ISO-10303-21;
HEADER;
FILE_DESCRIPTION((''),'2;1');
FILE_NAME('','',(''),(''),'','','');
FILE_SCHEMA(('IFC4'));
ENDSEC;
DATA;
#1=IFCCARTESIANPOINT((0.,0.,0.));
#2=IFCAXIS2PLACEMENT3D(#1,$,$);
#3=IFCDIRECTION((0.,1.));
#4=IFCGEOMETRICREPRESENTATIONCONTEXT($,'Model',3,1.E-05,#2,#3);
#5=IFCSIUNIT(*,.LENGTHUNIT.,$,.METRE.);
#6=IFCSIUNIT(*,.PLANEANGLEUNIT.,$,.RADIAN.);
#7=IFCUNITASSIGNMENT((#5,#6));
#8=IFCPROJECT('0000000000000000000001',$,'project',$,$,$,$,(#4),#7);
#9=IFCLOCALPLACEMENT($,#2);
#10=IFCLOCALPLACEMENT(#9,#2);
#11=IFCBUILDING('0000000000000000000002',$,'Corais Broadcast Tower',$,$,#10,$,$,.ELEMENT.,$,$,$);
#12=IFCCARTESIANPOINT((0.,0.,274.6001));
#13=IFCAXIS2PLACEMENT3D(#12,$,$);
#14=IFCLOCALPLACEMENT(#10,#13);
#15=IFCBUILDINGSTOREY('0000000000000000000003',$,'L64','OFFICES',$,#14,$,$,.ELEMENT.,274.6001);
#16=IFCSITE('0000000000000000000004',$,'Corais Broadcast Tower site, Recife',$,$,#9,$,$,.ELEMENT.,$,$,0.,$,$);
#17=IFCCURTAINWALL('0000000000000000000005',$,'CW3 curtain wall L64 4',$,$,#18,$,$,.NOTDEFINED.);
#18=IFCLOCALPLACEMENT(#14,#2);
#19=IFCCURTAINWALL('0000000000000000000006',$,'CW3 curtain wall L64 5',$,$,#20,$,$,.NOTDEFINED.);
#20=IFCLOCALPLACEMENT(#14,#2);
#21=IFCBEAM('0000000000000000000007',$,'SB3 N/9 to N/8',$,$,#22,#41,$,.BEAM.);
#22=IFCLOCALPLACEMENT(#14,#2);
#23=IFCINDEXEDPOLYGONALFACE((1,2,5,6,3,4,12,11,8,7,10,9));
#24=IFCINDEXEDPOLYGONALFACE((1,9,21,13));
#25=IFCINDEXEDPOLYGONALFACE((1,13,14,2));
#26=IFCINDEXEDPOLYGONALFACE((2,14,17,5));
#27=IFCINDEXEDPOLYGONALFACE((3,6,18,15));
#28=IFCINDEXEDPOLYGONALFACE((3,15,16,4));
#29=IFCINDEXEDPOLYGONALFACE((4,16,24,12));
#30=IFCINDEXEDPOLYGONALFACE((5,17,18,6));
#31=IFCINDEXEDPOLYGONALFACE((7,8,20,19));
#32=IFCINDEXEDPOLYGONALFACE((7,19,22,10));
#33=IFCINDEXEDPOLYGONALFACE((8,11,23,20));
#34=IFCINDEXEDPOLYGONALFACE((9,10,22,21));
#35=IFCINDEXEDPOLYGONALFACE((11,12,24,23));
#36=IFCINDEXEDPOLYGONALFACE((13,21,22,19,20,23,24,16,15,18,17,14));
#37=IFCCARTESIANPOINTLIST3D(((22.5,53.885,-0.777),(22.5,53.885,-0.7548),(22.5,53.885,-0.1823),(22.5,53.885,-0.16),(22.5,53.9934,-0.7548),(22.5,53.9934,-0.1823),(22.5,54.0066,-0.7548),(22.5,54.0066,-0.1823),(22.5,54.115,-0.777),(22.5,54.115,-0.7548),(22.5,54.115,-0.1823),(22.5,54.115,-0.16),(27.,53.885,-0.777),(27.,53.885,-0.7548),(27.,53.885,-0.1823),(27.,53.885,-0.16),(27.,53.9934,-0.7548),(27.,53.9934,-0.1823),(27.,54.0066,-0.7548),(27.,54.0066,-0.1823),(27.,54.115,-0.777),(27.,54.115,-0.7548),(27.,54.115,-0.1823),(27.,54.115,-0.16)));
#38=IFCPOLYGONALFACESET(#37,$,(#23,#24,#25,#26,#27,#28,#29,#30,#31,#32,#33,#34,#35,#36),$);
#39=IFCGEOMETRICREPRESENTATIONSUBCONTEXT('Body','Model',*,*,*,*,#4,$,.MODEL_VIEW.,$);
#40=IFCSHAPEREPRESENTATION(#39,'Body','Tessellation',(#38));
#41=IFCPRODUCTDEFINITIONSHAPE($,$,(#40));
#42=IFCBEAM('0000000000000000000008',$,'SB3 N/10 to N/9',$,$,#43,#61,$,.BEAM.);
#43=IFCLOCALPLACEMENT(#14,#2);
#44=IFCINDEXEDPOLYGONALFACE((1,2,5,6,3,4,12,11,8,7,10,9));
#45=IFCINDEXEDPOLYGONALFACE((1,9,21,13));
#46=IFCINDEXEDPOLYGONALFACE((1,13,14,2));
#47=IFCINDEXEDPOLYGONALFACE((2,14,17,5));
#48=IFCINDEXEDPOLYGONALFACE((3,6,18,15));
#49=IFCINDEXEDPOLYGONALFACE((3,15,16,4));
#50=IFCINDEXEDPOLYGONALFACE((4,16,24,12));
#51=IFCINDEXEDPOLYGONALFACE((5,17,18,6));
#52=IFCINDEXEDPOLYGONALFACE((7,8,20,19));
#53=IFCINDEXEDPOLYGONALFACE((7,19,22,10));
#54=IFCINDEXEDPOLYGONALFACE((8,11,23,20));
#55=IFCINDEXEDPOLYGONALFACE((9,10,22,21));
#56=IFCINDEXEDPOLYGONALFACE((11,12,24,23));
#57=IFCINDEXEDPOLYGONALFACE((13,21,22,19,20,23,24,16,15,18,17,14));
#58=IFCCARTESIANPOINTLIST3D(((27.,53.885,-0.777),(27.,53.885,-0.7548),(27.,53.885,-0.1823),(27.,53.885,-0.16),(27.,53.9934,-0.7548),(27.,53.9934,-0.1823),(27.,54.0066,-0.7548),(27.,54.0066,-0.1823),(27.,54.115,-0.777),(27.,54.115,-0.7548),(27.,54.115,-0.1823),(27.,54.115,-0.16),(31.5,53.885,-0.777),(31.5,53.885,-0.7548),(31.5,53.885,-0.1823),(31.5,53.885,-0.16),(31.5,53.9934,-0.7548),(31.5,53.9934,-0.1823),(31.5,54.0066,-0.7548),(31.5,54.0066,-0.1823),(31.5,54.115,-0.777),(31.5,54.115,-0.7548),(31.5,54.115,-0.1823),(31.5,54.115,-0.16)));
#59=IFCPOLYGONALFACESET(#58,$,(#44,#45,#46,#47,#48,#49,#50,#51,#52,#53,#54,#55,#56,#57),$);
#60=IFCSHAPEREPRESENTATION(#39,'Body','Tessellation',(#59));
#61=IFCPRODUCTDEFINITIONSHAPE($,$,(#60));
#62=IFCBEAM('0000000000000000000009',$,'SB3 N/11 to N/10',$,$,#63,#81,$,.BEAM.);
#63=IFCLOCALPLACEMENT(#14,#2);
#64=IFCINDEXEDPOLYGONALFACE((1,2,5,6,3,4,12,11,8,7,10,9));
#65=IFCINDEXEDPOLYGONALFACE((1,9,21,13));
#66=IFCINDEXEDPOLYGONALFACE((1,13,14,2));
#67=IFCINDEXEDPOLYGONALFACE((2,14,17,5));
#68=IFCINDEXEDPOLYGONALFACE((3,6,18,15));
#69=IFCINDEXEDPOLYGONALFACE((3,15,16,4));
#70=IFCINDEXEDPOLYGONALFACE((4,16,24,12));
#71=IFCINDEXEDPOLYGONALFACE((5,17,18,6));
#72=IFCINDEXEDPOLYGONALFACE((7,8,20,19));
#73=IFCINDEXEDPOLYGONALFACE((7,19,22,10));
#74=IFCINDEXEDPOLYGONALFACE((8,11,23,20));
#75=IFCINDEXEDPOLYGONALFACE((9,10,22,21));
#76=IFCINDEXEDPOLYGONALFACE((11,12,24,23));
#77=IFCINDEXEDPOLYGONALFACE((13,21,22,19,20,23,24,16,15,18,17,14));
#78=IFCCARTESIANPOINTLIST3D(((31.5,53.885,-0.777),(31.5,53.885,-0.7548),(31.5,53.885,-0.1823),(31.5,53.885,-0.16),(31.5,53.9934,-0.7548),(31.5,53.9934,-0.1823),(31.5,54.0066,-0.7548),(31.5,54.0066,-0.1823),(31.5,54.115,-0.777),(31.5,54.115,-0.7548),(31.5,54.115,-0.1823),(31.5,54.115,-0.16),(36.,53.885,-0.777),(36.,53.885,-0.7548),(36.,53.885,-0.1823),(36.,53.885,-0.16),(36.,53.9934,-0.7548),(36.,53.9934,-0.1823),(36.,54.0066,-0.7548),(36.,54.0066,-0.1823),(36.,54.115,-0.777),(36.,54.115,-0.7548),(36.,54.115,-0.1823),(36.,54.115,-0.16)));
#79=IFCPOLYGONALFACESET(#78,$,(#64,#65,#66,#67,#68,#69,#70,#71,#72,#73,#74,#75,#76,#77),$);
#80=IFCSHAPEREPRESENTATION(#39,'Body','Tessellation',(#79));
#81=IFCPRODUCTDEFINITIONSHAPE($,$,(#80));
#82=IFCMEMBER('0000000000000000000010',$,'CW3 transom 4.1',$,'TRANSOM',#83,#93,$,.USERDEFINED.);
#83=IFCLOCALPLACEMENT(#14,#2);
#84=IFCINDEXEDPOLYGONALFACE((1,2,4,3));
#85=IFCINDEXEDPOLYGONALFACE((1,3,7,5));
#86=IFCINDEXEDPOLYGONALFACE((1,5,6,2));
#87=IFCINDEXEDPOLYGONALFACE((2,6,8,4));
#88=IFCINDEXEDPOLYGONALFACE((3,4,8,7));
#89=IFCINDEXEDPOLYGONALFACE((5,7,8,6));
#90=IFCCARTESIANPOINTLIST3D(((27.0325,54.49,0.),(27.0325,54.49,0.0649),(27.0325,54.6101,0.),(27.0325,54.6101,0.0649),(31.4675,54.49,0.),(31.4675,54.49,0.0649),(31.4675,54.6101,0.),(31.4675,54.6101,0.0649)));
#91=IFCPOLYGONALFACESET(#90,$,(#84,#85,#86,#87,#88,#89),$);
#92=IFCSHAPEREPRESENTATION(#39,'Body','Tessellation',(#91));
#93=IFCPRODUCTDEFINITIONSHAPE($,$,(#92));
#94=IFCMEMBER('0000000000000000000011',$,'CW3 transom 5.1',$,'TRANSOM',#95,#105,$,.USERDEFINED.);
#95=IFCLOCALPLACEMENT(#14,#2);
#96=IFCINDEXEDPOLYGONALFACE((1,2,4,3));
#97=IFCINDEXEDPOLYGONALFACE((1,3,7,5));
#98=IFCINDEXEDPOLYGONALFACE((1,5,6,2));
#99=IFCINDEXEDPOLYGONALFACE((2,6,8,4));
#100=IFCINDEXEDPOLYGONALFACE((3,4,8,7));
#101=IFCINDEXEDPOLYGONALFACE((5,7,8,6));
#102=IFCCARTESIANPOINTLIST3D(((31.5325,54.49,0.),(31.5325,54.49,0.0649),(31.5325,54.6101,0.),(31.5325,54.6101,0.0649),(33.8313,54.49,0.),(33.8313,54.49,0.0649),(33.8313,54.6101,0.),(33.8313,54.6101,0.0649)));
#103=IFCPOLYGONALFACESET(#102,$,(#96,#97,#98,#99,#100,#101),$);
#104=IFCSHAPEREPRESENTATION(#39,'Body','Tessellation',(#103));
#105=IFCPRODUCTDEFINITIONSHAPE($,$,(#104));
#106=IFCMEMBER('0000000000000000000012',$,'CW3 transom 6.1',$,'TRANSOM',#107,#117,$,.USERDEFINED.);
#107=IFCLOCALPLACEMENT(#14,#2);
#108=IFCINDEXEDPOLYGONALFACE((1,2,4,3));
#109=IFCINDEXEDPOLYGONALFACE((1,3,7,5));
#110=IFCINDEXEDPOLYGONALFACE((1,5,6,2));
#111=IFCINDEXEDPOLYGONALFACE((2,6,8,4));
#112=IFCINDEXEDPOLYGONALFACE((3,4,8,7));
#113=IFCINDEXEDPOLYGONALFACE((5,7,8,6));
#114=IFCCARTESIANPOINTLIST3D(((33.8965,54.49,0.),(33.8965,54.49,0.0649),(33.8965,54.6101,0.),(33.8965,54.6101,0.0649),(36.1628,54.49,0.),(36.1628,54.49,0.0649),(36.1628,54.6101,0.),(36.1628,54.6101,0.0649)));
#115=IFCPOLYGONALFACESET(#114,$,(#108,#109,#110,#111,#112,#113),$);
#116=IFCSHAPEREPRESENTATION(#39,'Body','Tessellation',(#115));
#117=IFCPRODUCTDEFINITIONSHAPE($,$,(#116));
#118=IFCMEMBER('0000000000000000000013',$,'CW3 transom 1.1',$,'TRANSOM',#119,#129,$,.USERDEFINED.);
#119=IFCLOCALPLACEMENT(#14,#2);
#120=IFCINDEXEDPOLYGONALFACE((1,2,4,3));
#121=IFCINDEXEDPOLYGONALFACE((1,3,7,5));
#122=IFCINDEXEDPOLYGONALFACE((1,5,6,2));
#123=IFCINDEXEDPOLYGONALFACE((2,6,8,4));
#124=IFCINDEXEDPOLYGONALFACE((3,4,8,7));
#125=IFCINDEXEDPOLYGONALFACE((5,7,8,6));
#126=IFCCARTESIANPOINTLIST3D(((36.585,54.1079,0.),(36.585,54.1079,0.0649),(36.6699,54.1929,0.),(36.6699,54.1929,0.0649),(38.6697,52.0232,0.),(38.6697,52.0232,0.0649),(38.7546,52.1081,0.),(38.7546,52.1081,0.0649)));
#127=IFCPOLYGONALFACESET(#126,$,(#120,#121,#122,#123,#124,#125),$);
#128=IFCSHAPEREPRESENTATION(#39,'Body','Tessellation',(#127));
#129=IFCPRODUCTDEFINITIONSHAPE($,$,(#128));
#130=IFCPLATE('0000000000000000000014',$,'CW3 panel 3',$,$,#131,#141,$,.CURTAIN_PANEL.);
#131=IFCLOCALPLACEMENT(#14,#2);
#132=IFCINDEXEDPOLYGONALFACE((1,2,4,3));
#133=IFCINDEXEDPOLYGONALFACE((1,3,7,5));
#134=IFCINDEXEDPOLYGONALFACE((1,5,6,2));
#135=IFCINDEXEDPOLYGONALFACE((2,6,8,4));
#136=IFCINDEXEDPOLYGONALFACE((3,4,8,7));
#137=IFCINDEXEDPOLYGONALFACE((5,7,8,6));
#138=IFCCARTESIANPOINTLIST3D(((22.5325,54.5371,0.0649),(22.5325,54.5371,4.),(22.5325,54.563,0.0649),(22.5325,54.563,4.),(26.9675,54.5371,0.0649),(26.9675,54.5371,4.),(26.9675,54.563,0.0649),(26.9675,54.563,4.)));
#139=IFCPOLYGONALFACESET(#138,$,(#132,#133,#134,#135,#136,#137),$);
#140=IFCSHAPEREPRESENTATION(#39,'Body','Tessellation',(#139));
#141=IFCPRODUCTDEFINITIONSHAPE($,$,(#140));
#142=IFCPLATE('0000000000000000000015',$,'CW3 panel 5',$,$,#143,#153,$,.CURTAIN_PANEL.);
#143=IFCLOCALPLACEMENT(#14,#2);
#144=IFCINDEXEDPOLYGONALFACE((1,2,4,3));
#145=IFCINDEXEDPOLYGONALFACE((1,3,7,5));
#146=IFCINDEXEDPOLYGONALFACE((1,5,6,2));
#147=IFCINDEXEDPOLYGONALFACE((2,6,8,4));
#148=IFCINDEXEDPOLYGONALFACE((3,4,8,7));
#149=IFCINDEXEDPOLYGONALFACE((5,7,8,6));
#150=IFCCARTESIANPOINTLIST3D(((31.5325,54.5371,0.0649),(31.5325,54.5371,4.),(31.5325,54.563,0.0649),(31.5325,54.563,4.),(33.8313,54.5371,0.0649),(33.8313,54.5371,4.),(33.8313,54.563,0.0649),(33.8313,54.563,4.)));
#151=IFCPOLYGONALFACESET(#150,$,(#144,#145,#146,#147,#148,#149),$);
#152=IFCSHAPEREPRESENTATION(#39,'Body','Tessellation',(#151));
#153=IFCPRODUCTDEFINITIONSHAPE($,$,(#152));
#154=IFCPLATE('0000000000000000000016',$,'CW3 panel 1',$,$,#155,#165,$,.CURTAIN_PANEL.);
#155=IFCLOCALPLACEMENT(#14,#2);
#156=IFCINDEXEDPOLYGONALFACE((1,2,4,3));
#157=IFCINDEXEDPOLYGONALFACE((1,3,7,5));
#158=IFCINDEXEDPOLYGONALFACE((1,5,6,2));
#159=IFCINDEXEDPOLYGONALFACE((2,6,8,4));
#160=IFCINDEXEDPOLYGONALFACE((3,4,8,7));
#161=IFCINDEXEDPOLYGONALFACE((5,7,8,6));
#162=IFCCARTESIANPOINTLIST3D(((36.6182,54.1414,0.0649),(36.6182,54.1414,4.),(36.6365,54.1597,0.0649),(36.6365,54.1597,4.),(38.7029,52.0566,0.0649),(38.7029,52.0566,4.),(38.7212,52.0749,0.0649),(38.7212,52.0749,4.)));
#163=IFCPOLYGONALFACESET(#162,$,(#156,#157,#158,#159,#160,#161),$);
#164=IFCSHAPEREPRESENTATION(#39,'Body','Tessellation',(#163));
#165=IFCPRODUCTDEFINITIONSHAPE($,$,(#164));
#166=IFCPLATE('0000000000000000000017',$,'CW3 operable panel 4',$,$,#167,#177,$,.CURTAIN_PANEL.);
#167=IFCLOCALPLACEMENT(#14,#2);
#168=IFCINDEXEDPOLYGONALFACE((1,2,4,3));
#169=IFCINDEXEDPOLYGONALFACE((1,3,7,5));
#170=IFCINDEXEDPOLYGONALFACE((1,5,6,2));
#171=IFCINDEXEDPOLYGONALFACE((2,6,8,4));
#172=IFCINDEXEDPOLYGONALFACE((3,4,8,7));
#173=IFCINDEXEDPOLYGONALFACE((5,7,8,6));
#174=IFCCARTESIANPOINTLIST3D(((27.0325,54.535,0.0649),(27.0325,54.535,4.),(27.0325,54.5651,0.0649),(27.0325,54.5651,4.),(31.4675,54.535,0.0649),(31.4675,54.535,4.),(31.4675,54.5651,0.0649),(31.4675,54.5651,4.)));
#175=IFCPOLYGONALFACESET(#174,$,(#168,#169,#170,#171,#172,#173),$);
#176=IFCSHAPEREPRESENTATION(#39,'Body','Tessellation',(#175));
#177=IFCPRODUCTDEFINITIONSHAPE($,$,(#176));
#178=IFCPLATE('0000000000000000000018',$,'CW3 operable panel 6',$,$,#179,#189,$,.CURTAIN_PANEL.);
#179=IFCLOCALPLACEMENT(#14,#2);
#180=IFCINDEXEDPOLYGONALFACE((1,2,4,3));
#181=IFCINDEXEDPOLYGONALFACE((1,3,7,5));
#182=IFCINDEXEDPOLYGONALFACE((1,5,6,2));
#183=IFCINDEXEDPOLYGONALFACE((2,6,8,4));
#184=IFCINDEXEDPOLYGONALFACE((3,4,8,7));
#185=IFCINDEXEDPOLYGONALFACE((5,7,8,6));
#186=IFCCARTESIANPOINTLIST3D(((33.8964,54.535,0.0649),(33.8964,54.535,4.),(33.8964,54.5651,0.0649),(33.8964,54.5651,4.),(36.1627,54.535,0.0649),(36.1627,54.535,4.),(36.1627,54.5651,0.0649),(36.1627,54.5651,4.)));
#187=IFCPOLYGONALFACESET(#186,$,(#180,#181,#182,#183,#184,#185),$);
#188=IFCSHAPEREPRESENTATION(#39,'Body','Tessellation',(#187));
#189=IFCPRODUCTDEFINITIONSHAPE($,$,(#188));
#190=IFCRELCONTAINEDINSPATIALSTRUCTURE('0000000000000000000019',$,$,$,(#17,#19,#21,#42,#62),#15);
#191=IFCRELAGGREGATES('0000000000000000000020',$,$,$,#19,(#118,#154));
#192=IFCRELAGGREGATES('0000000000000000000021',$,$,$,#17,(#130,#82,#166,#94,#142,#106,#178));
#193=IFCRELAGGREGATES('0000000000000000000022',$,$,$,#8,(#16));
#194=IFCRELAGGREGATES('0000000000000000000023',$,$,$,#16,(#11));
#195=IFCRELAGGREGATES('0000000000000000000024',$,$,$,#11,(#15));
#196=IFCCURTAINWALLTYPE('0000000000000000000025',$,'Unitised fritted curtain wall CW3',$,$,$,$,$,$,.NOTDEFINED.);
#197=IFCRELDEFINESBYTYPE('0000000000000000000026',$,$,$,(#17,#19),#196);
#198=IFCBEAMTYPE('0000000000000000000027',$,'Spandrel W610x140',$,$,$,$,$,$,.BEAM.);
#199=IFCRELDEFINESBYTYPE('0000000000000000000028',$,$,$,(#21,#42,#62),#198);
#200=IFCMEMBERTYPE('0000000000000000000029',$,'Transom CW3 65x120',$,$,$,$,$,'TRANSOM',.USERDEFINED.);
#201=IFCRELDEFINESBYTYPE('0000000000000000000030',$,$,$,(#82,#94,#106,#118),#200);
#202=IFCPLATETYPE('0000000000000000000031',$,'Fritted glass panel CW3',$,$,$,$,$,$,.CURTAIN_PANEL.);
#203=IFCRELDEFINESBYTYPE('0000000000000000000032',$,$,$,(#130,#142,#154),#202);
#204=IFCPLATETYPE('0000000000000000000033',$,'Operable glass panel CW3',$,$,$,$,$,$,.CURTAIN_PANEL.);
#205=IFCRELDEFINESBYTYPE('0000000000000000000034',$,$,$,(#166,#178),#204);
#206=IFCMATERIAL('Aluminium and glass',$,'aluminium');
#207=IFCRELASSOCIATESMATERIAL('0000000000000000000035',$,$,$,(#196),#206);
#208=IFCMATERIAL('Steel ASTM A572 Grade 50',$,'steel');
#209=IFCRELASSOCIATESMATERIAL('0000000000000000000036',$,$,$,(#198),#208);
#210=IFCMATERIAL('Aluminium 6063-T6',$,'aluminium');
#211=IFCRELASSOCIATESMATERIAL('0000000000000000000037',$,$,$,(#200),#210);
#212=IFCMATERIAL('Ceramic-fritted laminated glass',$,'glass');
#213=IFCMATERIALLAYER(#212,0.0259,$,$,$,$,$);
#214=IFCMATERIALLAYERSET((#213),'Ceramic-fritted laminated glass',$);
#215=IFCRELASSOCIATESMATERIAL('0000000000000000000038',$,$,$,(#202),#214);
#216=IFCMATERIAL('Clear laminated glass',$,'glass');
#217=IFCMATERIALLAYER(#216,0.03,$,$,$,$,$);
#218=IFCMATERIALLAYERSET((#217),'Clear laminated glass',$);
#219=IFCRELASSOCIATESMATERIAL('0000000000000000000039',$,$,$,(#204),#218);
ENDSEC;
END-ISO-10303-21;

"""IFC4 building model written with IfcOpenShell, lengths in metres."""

from ifc_helpers import new_model, si_unit, direction, frame, origin, origin_2d, place, context, subcontext, project, spatial, rectangle, i_section, extrude, material, layer, layer_set, material_profile, profile_set, type_object, element, aggregate, save


model = new_model("IFC4")

# Units and contexts
model_context = context("Model", 3, precision=1e-05, world=origin(), true_north=direction((0.0, 1.0)))
body_context = subcontext(model_context, "Body", "Model", "MODEL_VIEW")
ifc_project = project(units=[si_unit("LENGTHUNIT", "METRE"), si_unit("PLANEANGLEUNIT", "RADIAN")], contexts=[model_context])

# Site, building, storey
site_placement = place(None, origin())
site = spatial("IfcSite", under=ifc_project, at=site_placement, Name="Corais Broadcast Tower site, Recife", CompositionType="ELEMENT", RefElevation=0.0)
building_placement = place(site_placement, origin())
building = spatial("IfcBuilding", under=site, at=building_placement, Name="Corais Broadcast Tower", CompositionType="ELEMENT")
storey_placement = place(building_placement, frame((0.0, 0.0, 274.6001)))
storey = spatial("IfcBuildingStorey", under=building, at=storey_placement, Name="L64", Description="OFFICES", CompositionType="ELEMENT", Elevation=274.6001)

# Curtain walls
ifc_material_1 = material(Name="Aluminium and glass", Category="aluminium")
curtain_wall_type = type_object("IfcCurtainWallType", Name="Unitised fritted curtain wall CW3", PredefinedType="NOTDEFINED", material=ifc_material_1)
curtain_wall_1_placement = place(storey_placement, origin())
curtain_wall_1 = element("IfcCurtainWall", 1, at=curtain_wall_1_placement, inside=storey, type_object=curtain_wall_type, Name="CW3 curtain wall L64 4", PredefinedType="NOTDEFINED")
curtain_wall_2_placement = place(storey_placement, origin())
curtain_wall_2 = element("IfcCurtainWall", 2, at=curtain_wall_2_placement, inside=storey, type_object=curtain_wall_type, Name="CW3 curtain wall L64 5", PredefinedType="NOTDEFINED")

# Beams
ifc_material_2 = material(Name="Steel ASTM A572 Grade 50", Category="steel")
ifc_material_profile_1 = material_profile(ifc_material_2, i_section(OverallWidth=0.23, OverallDepth=0.6169, WebThickness=0.0132, FlangeThickness=0.0222, at=origin_2d()), Name="W610x140")
ifc_profile_set_1 = profile_set([ifc_material_profile_1], Name="Steel ASTM A572 Grade 50")
beam_type_1 = type_object("IfcBeamType", Name="Spandrel W610x140", PredefinedType="BEAM", material=ifc_profile_set_1)
for number, where, z_axis, x_axis, name in (
    (3, (27.0, 54.0, -0.4685), (-1.0, 0.0, 0.0), (0.0, -1.0, 0.0), "SB3 N/9 to N/8"),
    (4, (31.5, 54.0, -0.4685), (-1.0, 0.0, 0.0), (0.0, -1.0, 0.0), "SB3 N/10 to N/9"),
    (5, (36.0, 54.0, -0.4685), (-1.0, 0.0, 0.0), (0.0, -1.0, 0.0), "SB3 N/11 to N/10"),
):
    element("IfcBeam", number, at=place(storey_placement, frame(where, z_axis=z_axis, x_axis=x_axis)), inside=storey, type_object=beam_type_1, Name=name, PredefinedType="BEAM", context=body_context, shape_type="SweptSolid", body=[
        extrude(i_section(OverallWidth=0.23, OverallDepth=0.6169, WebThickness=0.0132, FlangeThickness=0.0222, at=origin_2d()), origin(), (0.0, 0.0, 1.0), 4.5),
    ])

# Members
ifc_material_3 = material(Name="Aluminium 6063-T6", Category="aluminium")
ifc_material_profile_2 = material_profile(ifc_material_3, rectangle(XDim=0.1201, YDim=0.0649, at=origin_2d()), Name="Transom CW3 65x120")
ifc_profile_set_2 = profile_set([ifc_material_profile_2], Name="Aluminium 6063-T6")
member_type_1 = type_object("IfcMemberType", Name="Transom CW3 65x120", ElementType="TRANSOM", PredefinedType="USERDEFINED", material=ifc_profile_set_2)
member_1_placement = place(storey_placement, frame((27.0325, 54.55, 0.0325), z_axis=(1.0, 0.0, 0.0), x_axis=(0.0, 1.0, 0.0)))
member_1 = element("IfcMember", 6, at=member_1_placement, type_object=member_type_1, Name="CW3 transom 4.1", ObjectType="TRANSOM", PredefinedType="USERDEFINED", context=body_context, shape_type="SweptSolid", body=[
    extrude(rectangle(XDim=0.1201, YDim=0.0649, at=origin_2d()), origin(), (0.0, 0.0, 1.0), 4.4351),
])
member_2_placement = place(storey_placement, frame((31.5325, 54.55, 0.0325), z_axis=(1.0, 0.0, 0.0), x_axis=(0.0, 1.0, 0.0)))
member_2 = element("IfcMember", 7, at=member_2_placement, type_object=member_type_1, Name="CW3 transom 5.1", ObjectType="TRANSOM", PredefinedType="USERDEFINED", context=body_context, shape_type="SweptSolid", body=[
    extrude(rectangle(XDim=0.1201, YDim=0.0649, at=origin_2d()), origin(), (0.0, 0.0, 1.0), 2.2988),
])
member_3_placement = place(storey_placement, frame((33.8965, 54.55, 0.0325), z_axis=(1.0, 0.0, 0.0), x_axis=(0.0, 1.0, 0.0)))
member_3 = element("IfcMember", 8, at=member_3_placement, type_object=member_type_1, Name="CW3 transom 6.1", ObjectType="TRANSOM", PredefinedType="USERDEFINED", context=body_context, shape_type="SweptSolid", body=[
    extrude(rectangle(XDim=0.1201, YDim=0.0649, at=origin_2d()), origin(), (0.0, 0.0, 1.0), 2.2664),
])
member_4_placement = place(storey_placement, frame((36.6274, 54.1504, 0.0325), z_axis=(0.707107, -0.707107, 0.0), x_axis=(0.707107, 0.707107, 0.0)))
member_4 = element("IfcMember", 9, at=member_4_placement, type_object=member_type_1, Name="CW3 transom 1.1", ObjectType="TRANSOM", PredefinedType="USERDEFINED", context=body_context, shape_type="SweptSolid", body=[
    extrude(rectangle(XDim=0.1201, YDim=0.0649, at=origin_2d()), origin(), (0.0, 0.0, 1.0), 2.9482),
])

# Plates
ifc_material_4 = material(Name="Ceramic-fritted laminated glass", Category="glass")
ifc_layer_1 = layer(ifc_material_4, 0.0259)
ifc_layer_set_1 = layer_set([ifc_layer_1], Name="Ceramic-fritted laminated glass")
plate_type_1 = type_object("IfcPlateType", Name="Fritted glass panel CW3", PredefinedType="CURTAIN_PANEL", material=ifc_layer_set_1)
plate_1_placement = place(storey_placement, frame((24.75, 54.55, 0.0649), z_axis=(0.0, 0.0, 1.0), x_axis=(1.0, 0.0, 0.0)))
plate_1 = element("IfcPlate", 10, at=plate_1_placement, type_object=plate_type_1, Name="CW3 panel 3", PredefinedType="CURTAIN_PANEL", context=body_context, shape_type="SweptSolid", body=[
    extrude(rectangle(XDim=4.4351, YDim=0.0259, at=origin_2d()), origin(), (0.0, 0.0, 1.0), 3.9351),
])
plate_2_placement = place(storey_placement, frame((32.6819, 54.55, 0.0649), z_axis=(0.0, 0.0, 1.0), x_axis=(1.0, 0.0, 0.0)))
plate_2 = element("IfcPlate", 11, at=plate_2_placement, type_object=plate_type_1, Name="CW3 panel 5", PredefinedType="CURTAIN_PANEL", context=body_context, shape_type="SweptSolid", body=[
    extrude(rectangle(XDim=2.2988, YDim=0.0259, at=origin_2d()), origin(), (0.0, 0.0, 1.0), 3.9351),
])
plate_3_placement = place(storey_placement, frame((37.6697, 53.1082, 0.0649), z_axis=(0.0, 0.0, 1.0), x_axis=(0.707107, -0.707107, 0.0)))
plate_3 = element("IfcPlate", 12, at=plate_3_placement, type_object=plate_type_1, Name="CW3 panel 1", PredefinedType="CURTAIN_PANEL", context=body_context, shape_type="SweptSolid", body=[
    extrude(rectangle(XDim=2.9482, YDim=0.0259, at=origin_2d()), origin(), (0.0, 0.0, 1.0), 3.9351),
])
aggregate(curtain_wall_2, [member_4, plate_3])
ifc_material_5 = material(Name="Clear laminated glass", Category="glass")
ifc_layer_2 = layer(ifc_material_5, 0.03)
ifc_layer_set_2 = layer_set([ifc_layer_2], Name="Clear laminated glass")
plate_type_2 = type_object("IfcPlateType", Name="Operable glass panel CW3", PredefinedType="CURTAIN_PANEL", material=ifc_layer_set_2)
plate_4_placement = place(storey_placement, frame((29.25, 54.55, 0.0649), z_axis=(0.0, 0.0, 1.0), x_axis=(1.0, 0.0, 0.0)))
plate_4 = element("IfcPlate", 13, at=plate_4_placement, type_object=plate_type_2, Name="CW3 operable panel 4", PredefinedType="CURTAIN_PANEL", context=body_context, shape_type="SweptSolid", body=[
    extrude(rectangle(XDim=4.4351, YDim=0.03, at=origin_2d()), origin(), (0.0, 0.0, 1.0), 3.9351),
])
plate_5_placement = place(storey_placement, frame((35.0295, 54.55, 0.0649), z_axis=(0.0, 0.0, 1.0), x_axis=(1.0, 0.0, 0.0)))
plate_5 = element("IfcPlate", 14, at=plate_5_placement, type_object=plate_type_2, Name="CW3 operable panel 6", PredefinedType="CURTAIN_PANEL", context=body_context, shape_type="SweptSolid", body=[
    extrude(rectangle(XDim=2.2664, YDim=0.03, at=origin_2d()), origin(), (0.0, 0.0, 1.0), 3.9351),
])
aggregate(curtain_wall_1, [plate_1, member_1, plate_4, member_2, plate_2, member_3, plate_5])

save(model, "model.ifc")
